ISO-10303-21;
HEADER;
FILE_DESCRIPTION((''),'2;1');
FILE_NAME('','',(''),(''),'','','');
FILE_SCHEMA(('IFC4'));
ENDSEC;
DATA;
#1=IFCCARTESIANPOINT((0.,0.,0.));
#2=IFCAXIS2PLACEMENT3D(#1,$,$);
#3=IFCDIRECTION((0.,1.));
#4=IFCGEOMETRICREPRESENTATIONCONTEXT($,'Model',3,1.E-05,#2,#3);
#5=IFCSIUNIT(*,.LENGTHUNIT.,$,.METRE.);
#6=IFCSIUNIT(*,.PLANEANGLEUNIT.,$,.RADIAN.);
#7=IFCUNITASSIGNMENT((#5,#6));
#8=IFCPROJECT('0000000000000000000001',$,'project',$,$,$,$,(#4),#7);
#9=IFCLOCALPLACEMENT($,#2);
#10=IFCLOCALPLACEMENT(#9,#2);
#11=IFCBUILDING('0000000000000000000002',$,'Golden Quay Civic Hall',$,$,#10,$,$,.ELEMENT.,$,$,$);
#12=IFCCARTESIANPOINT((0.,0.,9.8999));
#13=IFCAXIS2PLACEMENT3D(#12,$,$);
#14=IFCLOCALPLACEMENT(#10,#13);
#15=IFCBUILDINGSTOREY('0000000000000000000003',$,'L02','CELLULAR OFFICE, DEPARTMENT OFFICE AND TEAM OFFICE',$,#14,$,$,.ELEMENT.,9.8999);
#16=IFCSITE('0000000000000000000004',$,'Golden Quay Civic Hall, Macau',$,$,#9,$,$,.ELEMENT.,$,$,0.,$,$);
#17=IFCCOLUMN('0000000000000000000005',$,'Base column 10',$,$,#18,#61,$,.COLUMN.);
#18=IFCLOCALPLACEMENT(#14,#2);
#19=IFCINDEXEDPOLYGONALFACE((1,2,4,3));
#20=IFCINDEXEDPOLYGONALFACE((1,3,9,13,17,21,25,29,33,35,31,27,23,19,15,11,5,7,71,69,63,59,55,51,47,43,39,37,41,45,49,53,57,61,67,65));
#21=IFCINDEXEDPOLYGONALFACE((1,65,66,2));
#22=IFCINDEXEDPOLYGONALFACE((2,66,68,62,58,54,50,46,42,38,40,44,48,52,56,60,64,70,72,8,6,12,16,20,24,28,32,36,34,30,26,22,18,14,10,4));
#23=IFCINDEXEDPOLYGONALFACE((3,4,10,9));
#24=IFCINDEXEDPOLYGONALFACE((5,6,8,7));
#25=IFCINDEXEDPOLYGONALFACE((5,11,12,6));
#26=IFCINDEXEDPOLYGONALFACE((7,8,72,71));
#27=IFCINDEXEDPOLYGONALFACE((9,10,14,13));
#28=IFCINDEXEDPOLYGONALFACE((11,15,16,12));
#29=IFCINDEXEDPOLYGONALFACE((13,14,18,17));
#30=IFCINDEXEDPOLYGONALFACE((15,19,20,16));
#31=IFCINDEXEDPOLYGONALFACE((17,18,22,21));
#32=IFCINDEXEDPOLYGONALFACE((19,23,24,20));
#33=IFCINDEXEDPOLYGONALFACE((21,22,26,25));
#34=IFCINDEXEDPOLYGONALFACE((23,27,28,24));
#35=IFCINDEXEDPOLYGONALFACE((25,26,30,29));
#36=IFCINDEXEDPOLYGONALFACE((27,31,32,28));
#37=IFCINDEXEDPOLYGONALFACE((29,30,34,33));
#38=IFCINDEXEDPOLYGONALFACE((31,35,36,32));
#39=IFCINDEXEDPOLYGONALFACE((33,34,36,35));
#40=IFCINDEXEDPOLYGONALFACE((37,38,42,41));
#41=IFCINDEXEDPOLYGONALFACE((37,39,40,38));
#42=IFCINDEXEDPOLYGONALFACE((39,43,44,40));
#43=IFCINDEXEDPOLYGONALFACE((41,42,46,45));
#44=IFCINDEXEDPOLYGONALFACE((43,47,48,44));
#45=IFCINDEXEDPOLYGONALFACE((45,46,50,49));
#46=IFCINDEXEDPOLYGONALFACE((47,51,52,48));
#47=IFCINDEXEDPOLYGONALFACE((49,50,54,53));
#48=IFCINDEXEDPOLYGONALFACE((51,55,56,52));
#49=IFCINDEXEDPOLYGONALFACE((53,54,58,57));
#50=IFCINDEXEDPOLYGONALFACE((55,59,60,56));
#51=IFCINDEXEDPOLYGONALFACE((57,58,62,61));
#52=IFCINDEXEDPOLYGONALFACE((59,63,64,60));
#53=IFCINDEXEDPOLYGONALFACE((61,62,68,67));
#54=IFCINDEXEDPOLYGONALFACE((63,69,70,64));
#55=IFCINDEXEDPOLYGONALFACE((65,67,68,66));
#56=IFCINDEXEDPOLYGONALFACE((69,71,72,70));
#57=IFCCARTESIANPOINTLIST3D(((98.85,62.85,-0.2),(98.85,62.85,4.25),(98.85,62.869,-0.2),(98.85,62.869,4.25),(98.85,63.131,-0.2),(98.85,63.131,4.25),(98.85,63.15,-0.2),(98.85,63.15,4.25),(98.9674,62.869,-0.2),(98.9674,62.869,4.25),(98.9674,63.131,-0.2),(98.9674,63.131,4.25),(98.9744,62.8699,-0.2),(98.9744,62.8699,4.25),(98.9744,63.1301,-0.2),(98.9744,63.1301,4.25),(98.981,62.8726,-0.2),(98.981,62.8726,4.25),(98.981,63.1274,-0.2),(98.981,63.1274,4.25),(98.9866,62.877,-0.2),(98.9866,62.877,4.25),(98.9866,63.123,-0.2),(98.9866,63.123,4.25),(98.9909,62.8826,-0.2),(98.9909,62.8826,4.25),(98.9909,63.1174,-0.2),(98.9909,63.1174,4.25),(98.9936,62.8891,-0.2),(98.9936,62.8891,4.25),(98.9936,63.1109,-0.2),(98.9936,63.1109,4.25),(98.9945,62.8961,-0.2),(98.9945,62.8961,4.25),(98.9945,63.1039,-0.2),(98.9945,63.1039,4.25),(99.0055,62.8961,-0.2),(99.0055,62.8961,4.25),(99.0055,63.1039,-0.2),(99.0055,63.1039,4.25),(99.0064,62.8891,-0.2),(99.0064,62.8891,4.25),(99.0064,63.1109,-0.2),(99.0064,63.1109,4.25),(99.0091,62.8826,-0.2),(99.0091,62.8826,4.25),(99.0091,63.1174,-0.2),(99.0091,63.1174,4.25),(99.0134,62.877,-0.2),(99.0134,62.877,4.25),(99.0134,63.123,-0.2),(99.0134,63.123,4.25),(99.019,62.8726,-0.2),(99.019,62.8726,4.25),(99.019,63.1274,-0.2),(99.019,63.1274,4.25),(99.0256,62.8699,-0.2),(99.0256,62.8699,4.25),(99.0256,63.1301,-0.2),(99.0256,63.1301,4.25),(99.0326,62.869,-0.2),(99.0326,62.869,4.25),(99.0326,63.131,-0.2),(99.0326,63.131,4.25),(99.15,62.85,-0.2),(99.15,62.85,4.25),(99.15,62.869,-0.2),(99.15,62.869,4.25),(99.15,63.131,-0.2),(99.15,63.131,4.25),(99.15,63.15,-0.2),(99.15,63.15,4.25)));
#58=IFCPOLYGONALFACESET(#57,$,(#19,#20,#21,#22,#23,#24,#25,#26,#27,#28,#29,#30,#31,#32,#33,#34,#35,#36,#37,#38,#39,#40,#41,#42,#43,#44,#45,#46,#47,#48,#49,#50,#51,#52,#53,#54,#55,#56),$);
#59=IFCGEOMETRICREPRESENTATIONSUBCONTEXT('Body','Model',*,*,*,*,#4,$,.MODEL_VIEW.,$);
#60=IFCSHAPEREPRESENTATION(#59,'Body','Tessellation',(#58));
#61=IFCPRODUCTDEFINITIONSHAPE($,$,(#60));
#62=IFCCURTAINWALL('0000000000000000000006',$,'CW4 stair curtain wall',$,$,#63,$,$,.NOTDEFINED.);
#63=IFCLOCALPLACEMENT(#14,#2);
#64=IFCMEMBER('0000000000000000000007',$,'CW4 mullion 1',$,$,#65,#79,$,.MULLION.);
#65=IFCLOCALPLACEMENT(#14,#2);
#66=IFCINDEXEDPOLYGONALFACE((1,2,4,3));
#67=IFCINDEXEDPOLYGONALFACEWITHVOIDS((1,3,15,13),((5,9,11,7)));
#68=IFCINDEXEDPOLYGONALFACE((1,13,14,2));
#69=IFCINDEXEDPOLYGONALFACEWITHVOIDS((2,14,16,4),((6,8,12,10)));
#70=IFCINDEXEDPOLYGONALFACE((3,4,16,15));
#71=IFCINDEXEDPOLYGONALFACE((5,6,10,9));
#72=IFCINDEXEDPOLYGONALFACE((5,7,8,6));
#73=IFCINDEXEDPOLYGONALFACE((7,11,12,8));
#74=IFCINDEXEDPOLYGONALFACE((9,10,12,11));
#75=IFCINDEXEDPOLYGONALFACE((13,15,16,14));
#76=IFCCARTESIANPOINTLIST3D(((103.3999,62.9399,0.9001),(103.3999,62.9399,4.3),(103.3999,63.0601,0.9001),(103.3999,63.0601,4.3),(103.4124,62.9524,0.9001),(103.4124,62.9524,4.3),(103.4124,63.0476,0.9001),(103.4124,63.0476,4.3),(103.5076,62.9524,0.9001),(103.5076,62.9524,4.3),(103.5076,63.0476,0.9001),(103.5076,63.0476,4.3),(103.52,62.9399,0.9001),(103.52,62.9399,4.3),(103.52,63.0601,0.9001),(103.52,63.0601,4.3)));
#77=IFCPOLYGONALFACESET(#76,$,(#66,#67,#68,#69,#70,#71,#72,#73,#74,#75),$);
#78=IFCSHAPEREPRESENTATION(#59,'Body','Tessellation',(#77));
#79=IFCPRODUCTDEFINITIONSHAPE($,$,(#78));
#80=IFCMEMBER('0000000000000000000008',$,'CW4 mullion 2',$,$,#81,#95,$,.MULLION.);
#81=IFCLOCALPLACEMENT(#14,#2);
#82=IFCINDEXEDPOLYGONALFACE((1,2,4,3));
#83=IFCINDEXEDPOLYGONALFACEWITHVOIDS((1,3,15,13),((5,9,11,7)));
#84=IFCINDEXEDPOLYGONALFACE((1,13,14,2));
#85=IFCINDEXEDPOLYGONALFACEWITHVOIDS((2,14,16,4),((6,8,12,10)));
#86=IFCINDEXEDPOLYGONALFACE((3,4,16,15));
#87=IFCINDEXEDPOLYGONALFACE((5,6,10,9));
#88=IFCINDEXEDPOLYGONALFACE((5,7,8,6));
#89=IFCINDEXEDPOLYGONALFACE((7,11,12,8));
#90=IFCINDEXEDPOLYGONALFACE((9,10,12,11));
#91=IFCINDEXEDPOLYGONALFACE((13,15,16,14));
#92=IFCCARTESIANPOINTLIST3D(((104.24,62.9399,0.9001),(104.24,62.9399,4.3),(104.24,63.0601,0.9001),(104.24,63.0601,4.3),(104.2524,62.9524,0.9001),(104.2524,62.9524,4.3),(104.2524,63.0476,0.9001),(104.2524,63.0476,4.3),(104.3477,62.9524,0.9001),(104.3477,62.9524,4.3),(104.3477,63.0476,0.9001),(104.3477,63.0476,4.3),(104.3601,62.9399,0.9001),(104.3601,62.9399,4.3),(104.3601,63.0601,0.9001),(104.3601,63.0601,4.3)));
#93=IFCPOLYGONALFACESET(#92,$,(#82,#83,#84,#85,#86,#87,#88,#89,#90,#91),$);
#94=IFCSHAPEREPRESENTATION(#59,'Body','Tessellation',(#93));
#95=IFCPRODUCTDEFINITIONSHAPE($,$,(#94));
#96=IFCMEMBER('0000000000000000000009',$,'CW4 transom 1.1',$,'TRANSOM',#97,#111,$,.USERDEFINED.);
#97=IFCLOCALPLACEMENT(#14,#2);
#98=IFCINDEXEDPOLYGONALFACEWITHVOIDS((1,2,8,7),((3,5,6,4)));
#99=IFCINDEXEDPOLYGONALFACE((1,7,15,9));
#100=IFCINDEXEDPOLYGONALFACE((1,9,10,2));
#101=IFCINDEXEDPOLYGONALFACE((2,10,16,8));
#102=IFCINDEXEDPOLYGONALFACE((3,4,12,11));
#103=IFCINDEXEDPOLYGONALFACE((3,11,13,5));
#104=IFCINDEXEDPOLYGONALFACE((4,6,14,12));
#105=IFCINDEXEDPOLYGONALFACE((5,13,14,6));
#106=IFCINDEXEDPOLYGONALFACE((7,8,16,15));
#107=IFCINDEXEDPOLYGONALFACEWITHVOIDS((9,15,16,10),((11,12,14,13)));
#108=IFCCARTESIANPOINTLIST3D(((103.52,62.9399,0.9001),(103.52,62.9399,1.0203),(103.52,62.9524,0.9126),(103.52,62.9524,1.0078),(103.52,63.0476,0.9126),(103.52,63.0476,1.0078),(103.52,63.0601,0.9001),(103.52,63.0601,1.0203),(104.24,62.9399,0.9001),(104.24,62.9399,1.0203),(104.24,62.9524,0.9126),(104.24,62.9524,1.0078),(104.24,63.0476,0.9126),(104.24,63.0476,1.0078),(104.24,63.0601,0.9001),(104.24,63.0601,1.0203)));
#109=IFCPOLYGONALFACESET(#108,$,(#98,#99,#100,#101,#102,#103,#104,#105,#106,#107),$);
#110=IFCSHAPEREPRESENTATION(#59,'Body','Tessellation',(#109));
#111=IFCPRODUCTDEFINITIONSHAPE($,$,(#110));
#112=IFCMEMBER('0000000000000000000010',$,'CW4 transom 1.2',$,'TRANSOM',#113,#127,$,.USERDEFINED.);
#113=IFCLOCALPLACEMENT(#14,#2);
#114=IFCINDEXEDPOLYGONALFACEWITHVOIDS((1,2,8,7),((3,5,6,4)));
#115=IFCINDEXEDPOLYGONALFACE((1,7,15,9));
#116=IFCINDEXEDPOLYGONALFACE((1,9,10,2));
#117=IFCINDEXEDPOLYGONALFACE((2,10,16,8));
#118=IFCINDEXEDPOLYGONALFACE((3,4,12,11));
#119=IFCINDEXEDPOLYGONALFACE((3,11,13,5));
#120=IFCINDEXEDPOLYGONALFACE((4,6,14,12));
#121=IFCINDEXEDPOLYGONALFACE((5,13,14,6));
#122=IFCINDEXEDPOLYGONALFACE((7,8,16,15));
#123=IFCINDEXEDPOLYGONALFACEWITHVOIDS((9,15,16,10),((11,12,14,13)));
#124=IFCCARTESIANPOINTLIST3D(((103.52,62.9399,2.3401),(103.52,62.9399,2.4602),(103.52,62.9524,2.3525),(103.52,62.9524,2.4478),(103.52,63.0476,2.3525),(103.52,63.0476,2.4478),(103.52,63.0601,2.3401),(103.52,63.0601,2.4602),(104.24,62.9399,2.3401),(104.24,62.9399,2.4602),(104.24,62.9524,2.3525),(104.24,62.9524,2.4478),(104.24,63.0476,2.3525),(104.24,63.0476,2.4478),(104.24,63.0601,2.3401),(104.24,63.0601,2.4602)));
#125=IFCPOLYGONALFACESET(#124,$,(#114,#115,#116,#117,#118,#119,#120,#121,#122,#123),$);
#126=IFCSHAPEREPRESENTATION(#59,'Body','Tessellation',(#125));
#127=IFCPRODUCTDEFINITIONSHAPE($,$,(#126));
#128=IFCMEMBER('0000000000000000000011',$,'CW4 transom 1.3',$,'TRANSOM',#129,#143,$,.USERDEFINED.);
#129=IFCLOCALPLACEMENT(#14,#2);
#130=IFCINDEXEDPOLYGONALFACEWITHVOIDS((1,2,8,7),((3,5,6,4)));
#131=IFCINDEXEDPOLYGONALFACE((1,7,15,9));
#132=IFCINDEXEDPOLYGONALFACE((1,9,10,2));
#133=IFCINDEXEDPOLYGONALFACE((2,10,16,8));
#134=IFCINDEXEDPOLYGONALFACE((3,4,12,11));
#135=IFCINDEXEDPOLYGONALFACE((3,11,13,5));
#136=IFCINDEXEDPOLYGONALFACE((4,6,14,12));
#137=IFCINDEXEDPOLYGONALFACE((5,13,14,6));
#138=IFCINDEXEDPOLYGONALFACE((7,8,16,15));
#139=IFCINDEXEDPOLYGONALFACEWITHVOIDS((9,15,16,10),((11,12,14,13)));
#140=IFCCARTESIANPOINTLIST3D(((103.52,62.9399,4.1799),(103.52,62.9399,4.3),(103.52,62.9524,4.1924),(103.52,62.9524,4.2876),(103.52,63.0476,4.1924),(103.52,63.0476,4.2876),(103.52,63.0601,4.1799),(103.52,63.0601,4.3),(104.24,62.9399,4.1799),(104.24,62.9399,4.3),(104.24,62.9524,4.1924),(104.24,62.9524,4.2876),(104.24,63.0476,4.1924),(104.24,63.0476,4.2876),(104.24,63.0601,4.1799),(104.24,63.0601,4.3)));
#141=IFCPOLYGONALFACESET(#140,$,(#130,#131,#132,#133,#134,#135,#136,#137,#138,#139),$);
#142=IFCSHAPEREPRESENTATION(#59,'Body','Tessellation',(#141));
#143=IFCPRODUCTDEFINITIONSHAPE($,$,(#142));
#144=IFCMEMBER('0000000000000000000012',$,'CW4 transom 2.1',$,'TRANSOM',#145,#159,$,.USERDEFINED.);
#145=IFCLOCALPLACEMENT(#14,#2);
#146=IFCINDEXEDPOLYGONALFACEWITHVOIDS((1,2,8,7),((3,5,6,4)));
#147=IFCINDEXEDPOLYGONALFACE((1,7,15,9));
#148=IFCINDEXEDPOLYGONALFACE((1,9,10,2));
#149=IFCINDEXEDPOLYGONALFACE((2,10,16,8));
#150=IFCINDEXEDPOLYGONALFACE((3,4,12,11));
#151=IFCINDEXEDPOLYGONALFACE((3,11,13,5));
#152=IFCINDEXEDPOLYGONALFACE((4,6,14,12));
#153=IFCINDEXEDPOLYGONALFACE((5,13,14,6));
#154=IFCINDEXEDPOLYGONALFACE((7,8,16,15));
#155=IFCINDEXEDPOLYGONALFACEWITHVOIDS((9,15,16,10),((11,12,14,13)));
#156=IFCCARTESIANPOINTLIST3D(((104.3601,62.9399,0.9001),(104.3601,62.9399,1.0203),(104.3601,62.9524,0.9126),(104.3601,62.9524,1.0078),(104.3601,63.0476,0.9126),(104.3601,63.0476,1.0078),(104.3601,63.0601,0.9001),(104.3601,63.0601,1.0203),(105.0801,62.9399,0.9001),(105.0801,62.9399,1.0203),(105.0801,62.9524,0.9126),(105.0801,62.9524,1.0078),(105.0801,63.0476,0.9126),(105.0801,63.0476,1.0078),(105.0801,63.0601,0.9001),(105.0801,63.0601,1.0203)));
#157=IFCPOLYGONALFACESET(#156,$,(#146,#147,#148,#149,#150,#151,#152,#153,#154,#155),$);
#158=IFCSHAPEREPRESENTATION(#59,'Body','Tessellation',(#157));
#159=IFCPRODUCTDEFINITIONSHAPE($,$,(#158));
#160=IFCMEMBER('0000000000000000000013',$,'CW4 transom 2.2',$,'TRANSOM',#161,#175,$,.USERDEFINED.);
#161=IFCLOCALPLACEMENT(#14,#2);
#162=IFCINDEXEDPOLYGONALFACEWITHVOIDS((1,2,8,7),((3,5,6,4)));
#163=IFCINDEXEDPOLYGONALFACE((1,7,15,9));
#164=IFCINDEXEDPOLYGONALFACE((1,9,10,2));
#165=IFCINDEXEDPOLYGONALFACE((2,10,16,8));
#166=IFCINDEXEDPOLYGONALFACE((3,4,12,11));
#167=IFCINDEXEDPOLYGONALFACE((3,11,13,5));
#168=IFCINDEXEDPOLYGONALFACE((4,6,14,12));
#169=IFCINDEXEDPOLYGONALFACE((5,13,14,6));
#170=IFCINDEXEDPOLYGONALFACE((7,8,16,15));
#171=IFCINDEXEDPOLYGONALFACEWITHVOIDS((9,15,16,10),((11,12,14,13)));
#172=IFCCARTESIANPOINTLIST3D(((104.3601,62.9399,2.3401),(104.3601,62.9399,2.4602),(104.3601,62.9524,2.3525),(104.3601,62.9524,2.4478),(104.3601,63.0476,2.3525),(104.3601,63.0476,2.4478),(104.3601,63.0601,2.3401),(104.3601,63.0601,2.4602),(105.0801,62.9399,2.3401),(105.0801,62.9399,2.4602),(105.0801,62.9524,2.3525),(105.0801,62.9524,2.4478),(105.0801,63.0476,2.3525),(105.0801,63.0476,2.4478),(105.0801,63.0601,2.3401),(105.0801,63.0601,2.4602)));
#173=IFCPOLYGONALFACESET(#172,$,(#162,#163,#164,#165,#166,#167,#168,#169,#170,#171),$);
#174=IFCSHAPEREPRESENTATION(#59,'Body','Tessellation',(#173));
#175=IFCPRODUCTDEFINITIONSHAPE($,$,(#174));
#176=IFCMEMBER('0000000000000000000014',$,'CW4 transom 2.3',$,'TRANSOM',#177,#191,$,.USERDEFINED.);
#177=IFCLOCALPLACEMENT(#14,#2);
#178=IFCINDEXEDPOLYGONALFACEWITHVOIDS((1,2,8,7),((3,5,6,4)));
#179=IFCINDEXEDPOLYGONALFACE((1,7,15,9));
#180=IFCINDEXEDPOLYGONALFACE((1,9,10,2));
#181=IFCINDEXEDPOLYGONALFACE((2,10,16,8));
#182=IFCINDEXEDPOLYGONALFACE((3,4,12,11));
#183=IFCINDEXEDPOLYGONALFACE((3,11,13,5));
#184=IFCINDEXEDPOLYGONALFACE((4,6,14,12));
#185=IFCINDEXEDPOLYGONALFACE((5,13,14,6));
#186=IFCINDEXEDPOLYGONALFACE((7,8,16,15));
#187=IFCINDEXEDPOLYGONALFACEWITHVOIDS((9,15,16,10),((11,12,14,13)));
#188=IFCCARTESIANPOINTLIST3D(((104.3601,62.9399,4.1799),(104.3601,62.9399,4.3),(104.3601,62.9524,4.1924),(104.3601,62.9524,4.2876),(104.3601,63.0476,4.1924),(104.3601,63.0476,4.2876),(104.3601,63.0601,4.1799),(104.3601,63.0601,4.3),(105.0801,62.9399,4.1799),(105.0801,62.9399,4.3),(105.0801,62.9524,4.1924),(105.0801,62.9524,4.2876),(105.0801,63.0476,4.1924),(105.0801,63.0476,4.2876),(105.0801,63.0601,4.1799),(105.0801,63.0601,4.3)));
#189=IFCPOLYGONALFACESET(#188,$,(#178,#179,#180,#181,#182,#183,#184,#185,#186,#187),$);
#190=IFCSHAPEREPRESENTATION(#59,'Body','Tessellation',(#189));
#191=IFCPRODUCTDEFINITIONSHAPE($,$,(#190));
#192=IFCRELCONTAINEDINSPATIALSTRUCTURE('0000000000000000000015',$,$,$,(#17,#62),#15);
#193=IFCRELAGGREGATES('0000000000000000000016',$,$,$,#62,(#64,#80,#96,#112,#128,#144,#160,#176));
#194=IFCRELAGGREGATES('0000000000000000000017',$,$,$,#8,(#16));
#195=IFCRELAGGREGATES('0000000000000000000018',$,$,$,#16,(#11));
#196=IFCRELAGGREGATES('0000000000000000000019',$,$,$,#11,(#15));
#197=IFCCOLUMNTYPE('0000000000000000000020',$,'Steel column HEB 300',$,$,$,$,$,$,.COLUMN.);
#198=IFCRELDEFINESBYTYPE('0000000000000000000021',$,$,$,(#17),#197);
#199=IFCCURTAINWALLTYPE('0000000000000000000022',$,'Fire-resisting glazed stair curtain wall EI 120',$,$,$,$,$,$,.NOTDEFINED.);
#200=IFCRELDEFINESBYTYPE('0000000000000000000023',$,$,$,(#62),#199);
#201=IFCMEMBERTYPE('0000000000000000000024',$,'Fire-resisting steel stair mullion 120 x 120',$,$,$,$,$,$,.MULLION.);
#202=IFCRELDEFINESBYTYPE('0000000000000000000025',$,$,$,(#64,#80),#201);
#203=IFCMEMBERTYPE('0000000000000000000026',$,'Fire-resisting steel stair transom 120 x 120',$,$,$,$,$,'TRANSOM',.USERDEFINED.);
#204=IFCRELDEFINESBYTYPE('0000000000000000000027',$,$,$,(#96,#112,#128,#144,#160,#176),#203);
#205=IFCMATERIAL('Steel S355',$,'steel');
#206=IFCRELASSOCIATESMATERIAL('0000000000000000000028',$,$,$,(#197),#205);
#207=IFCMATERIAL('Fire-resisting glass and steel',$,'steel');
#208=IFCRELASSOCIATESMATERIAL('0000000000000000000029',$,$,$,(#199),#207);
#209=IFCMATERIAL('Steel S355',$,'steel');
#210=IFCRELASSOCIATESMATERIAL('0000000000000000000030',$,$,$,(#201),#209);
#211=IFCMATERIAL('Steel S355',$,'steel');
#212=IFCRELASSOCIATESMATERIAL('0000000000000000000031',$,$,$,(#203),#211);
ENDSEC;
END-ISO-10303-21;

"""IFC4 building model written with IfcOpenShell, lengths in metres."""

from ifc_helpers import new_model, si_unit, direction, frame, origin, origin_2d, place, context, subcontext, project, spatial, hollow_rectangle, i_section, extrude, material, material_profile, profile_set, type_object, element, aggregate, save


model = new_model("IFC4")

# Units and contexts
model_context = context("Model", 3, precision=1e-05, world=origin(), true_north=direction((0.0, 1.0)))
body_context = subcontext(model_context, "Body", "Model", "MODEL_VIEW")
ifc_project = project(units=[si_unit("LENGTHUNIT", "METRE"), si_unit("PLANEANGLEUNIT", "RADIAN")], contexts=[model_context])

# Site, building, storey
site_placement = place(None, origin())
site = spatial("IfcSite", under=ifc_project, at=site_placement, Name="Golden Quay Civic Hall, Macau", CompositionType="ELEMENT", RefElevation=0.0)
building_placement = place(site_placement, origin())
building = spatial("IfcBuilding", under=site, at=building_placement, Name="Golden Quay Civic Hall", CompositionType="ELEMENT")
storey_placement = place(building_placement, frame((0.0, 0.0, 9.8999)))
storey = spatial("IfcBuildingStorey", under=building, at=storey_placement, Name="L02", Description="CELLULAR OFFICE, DEPARTMENT OFFICE AND TEAM OFFICE", CompositionType="ELEMENT", Elevation=9.8999)

# Column
ifc_material_1 = material(Name="Steel S355", Category="steel")
ifc_material_profile_1 = material_profile(ifc_material_1, i_section(OverallWidth=0.3, OverallDepth=0.3, WebThickness=0.011, FlangeThickness=0.019, FilletRadius=0.0271, at=origin_2d()), Name="HEB 300")
ifc_profile_set_1 = profile_set([ifc_material_profile_1], Name="Steel S355")
column_type = type_object("IfcColumnType", Name="Steel column HEB 300", PredefinedType="COLUMN", material=ifc_profile_set_1)
column_placement = place(storey_placement, frame((99.0, 63.0, -0.2), z_axis=(0.0, 0.0, 1.0), x_axis=(1.0, 0.0, 0.0)))
element("IfcColumn", 1, at=column_placement, inside=storey, type_object=column_type, Name="Base column 10", PredefinedType="COLUMN", context=body_context, shape_type="SweptSolid", body=[
    extrude(i_section(OverallWidth=0.3, OverallDepth=0.3, WebThickness=0.011, FlangeThickness=0.019, FilletRadius=0.0271, at=origin_2d()), origin(), (0.0, 0.0, 1.0), 4.45),
])

# Curtain wall, members
ifc_material_2 = material(Name="Fire-resisting glass and steel", Category="steel")
curtain_wall_type_1 = type_object("IfcCurtainWallType", Name="Fire-resisting glazed stair curtain wall EI 120", PredefinedType="NOTDEFINED", material=ifc_material_2)
curtain_wall_1_placement = place(storey_placement, origin())
curtain_wall_1 = element("IfcCurtainWall", 2, at=curtain_wall_1_placement, inside=storey, type_object=curtain_wall_type_1, Name="CW4 stair curtain wall", PredefinedType="NOTDEFINED")
ifc_material_3 = material(Name="Steel S355", Category="steel")
ifc_material_profile_2 = material_profile(ifc_material_3, hollow_rectangle(XDim=0.1201, YDim=0.1201, WallThickness=0.0125, at=origin_2d()), Name="SHS 120x120x12.5")
ifc_profile_set_2 = profile_set([ifc_material_profile_2], Name="Steel S355")
member_type_1 = type_object("IfcMemberType", Name="Fire-resisting steel stair mullion 120 x 120", PredefinedType="MULLION", material=ifc_profile_set_2)
member_1_placement = place(storey_placement, frame((103.46, 63.0, 0.9001), z_axis=(0.0, 0.0, 1.0), x_axis=(0.0, 1.0, 0.0)))
member_1 = element("IfcMember", 3, at=member_1_placement, type_object=member_type_1, Name="CW4 mullion 1", PredefinedType="MULLION", context=body_context, shape_type="SweptSolid", body=[
    extrude(hollow_rectangle(XDim=0.1201, YDim=0.1201, WallThickness=0.0125, at=origin_2d()), origin(), (0.0, 0.0, 1.0), 3.3999),
])
member_2_placement = place(storey_placement, frame((104.3, 63.0, 0.9001), z_axis=(0.0, 0.0, 1.0), x_axis=(0.0, 1.0, 0.0)))
member_2 = element("IfcMember", 4, at=member_2_placement, type_object=member_type_1, Name="CW4 mullion 2", PredefinedType="MULLION", context=body_context, shape_type="SweptSolid", body=[
    extrude(hollow_rectangle(XDim=0.1201, YDim=0.1201, WallThickness=0.0125, at=origin_2d()), origin(), (0.0, 0.0, 1.0), 3.3999),
])
ifc_material_4 = material(Name="Steel S355", Category="steel")
ifc_material_profile_3 = material_profile(ifc_material_4, hollow_rectangle(XDim=0.1201, YDim=0.1201, WallThickness=0.0125, at=origin_2d()), Name="SHS 120x120x12.5")
ifc_profile_set_3 = profile_set([ifc_material_profile_3], Name="Steel S355")
member_type_2 = type_object("IfcMemberType", Name="Fire-resisting steel stair transom 120 x 120", ElementType="TRANSOM", PredefinedType="USERDEFINED", material=ifc_profile_set_3)
member_3_placement = place(storey_placement, frame((103.52, 63.0, 0.9602), z_axis=(1.0, 0.0, 0.0), x_axis=(0.0, 1.0, 0.0)))
member_3 = element("IfcMember", 5, at=member_3_placement, type_object=member_type_2, Name="CW4 transom 1.1", ObjectType="TRANSOM", PredefinedType="USERDEFINED", context=body_context, shape_type="SweptSolid", body=[
    extrude(hollow_rectangle(XDim=0.1201, YDim=0.1201, WallThickness=0.0125, at=origin_2d()), origin(), (0.0, 0.0, 1.0), 0.72),
])
member_4_placement = place(storey_placement, frame((103.52, 63.0, 2.4001), z_axis=(1.0, 0.0, 0.0), x_axis=(0.0, 1.0, 0.0)))
member_4 = element("IfcMember", 6, at=member_4_placement, type_object=member_type_2, Name="CW4 transom 1.2", ObjectType="TRANSOM", PredefinedType="USERDEFINED", context=body_context, shape_type="SweptSolid", body=[
    extrude(hollow_rectangle(XDim=0.1201, YDim=0.1201, WallThickness=0.0125, at=origin_2d()), origin(), (0.0, 0.0, 1.0), 0.72),
])
member_5_placement = place(storey_placement, frame((103.52, 63.0, 4.24), z_axis=(1.0, 0.0, 0.0), x_axis=(0.0, 1.0, 0.0)))
member_5 = element("IfcMember", 7, at=member_5_placement, type_object=member_type_2, Name="CW4 transom 1.3", ObjectType="TRANSOM", PredefinedType="USERDEFINED", context=body_context, shape_type="SweptSolid", body=[
    extrude(hollow_rectangle(XDim=0.1201, YDim=0.1201, WallThickness=0.0125, at=origin_2d()), origin(), (0.0, 0.0, 1.0), 0.72),
])
member_6_placement = place(storey_placement, frame((104.3601, 63.0, 0.9602), z_axis=(1.0, 0.0, 0.0), x_axis=(0.0, 1.0, 0.0)))
member_6 = element("IfcMember", 8, at=member_6_placement, type_object=member_type_2, Name="CW4 transom 2.1", ObjectType="TRANSOM", PredefinedType="USERDEFINED", context=body_context, shape_type="SweptSolid", body=[
    extrude(hollow_rectangle(XDim=0.1201, YDim=0.1201, WallThickness=0.0125, at=origin_2d()), origin(), (0.0, 0.0, 1.0), 0.72),
])
member_7_placement = place(storey_placement, frame((104.3601, 63.0, 2.4001), z_axis=(1.0, 0.0, 0.0), x_axis=(0.0, 1.0, 0.0)))
member_7 = element("IfcMember", 9, at=member_7_placement, type_object=member_type_2, Name="CW4 transom 2.2", ObjectType="TRANSOM", PredefinedType="USERDEFINED", context=body_context, shape_type="SweptSolid", body=[
    extrude(hollow_rectangle(XDim=0.1201, YDim=0.1201, WallThickness=0.0125, at=origin_2d()), origin(), (0.0, 0.0, 1.0), 0.72),
])
member_8_placement = place(storey_placement, frame((104.3601, 63.0, 4.24), z_axis=(1.0, 0.0, 0.0), x_axis=(0.0, 1.0, 0.0)))
member_8 = element("IfcMember", 10, at=member_8_placement, type_object=member_type_2, Name="CW4 transom 2.3", ObjectType="TRANSOM", PredefinedType="USERDEFINED", context=body_context, shape_type="SweptSolid", body=[
    extrude(hollow_rectangle(XDim=0.1201, YDim=0.1201, WallThickness=0.0125, at=origin_2d()), origin(), (0.0, 0.0, 1.0), 0.72),
])

aggregate(curtain_wall_1, [member_1, member_2, member_3, member_4, member_5, member_6, member_7, member_8])

save(model, "model.ifc")
